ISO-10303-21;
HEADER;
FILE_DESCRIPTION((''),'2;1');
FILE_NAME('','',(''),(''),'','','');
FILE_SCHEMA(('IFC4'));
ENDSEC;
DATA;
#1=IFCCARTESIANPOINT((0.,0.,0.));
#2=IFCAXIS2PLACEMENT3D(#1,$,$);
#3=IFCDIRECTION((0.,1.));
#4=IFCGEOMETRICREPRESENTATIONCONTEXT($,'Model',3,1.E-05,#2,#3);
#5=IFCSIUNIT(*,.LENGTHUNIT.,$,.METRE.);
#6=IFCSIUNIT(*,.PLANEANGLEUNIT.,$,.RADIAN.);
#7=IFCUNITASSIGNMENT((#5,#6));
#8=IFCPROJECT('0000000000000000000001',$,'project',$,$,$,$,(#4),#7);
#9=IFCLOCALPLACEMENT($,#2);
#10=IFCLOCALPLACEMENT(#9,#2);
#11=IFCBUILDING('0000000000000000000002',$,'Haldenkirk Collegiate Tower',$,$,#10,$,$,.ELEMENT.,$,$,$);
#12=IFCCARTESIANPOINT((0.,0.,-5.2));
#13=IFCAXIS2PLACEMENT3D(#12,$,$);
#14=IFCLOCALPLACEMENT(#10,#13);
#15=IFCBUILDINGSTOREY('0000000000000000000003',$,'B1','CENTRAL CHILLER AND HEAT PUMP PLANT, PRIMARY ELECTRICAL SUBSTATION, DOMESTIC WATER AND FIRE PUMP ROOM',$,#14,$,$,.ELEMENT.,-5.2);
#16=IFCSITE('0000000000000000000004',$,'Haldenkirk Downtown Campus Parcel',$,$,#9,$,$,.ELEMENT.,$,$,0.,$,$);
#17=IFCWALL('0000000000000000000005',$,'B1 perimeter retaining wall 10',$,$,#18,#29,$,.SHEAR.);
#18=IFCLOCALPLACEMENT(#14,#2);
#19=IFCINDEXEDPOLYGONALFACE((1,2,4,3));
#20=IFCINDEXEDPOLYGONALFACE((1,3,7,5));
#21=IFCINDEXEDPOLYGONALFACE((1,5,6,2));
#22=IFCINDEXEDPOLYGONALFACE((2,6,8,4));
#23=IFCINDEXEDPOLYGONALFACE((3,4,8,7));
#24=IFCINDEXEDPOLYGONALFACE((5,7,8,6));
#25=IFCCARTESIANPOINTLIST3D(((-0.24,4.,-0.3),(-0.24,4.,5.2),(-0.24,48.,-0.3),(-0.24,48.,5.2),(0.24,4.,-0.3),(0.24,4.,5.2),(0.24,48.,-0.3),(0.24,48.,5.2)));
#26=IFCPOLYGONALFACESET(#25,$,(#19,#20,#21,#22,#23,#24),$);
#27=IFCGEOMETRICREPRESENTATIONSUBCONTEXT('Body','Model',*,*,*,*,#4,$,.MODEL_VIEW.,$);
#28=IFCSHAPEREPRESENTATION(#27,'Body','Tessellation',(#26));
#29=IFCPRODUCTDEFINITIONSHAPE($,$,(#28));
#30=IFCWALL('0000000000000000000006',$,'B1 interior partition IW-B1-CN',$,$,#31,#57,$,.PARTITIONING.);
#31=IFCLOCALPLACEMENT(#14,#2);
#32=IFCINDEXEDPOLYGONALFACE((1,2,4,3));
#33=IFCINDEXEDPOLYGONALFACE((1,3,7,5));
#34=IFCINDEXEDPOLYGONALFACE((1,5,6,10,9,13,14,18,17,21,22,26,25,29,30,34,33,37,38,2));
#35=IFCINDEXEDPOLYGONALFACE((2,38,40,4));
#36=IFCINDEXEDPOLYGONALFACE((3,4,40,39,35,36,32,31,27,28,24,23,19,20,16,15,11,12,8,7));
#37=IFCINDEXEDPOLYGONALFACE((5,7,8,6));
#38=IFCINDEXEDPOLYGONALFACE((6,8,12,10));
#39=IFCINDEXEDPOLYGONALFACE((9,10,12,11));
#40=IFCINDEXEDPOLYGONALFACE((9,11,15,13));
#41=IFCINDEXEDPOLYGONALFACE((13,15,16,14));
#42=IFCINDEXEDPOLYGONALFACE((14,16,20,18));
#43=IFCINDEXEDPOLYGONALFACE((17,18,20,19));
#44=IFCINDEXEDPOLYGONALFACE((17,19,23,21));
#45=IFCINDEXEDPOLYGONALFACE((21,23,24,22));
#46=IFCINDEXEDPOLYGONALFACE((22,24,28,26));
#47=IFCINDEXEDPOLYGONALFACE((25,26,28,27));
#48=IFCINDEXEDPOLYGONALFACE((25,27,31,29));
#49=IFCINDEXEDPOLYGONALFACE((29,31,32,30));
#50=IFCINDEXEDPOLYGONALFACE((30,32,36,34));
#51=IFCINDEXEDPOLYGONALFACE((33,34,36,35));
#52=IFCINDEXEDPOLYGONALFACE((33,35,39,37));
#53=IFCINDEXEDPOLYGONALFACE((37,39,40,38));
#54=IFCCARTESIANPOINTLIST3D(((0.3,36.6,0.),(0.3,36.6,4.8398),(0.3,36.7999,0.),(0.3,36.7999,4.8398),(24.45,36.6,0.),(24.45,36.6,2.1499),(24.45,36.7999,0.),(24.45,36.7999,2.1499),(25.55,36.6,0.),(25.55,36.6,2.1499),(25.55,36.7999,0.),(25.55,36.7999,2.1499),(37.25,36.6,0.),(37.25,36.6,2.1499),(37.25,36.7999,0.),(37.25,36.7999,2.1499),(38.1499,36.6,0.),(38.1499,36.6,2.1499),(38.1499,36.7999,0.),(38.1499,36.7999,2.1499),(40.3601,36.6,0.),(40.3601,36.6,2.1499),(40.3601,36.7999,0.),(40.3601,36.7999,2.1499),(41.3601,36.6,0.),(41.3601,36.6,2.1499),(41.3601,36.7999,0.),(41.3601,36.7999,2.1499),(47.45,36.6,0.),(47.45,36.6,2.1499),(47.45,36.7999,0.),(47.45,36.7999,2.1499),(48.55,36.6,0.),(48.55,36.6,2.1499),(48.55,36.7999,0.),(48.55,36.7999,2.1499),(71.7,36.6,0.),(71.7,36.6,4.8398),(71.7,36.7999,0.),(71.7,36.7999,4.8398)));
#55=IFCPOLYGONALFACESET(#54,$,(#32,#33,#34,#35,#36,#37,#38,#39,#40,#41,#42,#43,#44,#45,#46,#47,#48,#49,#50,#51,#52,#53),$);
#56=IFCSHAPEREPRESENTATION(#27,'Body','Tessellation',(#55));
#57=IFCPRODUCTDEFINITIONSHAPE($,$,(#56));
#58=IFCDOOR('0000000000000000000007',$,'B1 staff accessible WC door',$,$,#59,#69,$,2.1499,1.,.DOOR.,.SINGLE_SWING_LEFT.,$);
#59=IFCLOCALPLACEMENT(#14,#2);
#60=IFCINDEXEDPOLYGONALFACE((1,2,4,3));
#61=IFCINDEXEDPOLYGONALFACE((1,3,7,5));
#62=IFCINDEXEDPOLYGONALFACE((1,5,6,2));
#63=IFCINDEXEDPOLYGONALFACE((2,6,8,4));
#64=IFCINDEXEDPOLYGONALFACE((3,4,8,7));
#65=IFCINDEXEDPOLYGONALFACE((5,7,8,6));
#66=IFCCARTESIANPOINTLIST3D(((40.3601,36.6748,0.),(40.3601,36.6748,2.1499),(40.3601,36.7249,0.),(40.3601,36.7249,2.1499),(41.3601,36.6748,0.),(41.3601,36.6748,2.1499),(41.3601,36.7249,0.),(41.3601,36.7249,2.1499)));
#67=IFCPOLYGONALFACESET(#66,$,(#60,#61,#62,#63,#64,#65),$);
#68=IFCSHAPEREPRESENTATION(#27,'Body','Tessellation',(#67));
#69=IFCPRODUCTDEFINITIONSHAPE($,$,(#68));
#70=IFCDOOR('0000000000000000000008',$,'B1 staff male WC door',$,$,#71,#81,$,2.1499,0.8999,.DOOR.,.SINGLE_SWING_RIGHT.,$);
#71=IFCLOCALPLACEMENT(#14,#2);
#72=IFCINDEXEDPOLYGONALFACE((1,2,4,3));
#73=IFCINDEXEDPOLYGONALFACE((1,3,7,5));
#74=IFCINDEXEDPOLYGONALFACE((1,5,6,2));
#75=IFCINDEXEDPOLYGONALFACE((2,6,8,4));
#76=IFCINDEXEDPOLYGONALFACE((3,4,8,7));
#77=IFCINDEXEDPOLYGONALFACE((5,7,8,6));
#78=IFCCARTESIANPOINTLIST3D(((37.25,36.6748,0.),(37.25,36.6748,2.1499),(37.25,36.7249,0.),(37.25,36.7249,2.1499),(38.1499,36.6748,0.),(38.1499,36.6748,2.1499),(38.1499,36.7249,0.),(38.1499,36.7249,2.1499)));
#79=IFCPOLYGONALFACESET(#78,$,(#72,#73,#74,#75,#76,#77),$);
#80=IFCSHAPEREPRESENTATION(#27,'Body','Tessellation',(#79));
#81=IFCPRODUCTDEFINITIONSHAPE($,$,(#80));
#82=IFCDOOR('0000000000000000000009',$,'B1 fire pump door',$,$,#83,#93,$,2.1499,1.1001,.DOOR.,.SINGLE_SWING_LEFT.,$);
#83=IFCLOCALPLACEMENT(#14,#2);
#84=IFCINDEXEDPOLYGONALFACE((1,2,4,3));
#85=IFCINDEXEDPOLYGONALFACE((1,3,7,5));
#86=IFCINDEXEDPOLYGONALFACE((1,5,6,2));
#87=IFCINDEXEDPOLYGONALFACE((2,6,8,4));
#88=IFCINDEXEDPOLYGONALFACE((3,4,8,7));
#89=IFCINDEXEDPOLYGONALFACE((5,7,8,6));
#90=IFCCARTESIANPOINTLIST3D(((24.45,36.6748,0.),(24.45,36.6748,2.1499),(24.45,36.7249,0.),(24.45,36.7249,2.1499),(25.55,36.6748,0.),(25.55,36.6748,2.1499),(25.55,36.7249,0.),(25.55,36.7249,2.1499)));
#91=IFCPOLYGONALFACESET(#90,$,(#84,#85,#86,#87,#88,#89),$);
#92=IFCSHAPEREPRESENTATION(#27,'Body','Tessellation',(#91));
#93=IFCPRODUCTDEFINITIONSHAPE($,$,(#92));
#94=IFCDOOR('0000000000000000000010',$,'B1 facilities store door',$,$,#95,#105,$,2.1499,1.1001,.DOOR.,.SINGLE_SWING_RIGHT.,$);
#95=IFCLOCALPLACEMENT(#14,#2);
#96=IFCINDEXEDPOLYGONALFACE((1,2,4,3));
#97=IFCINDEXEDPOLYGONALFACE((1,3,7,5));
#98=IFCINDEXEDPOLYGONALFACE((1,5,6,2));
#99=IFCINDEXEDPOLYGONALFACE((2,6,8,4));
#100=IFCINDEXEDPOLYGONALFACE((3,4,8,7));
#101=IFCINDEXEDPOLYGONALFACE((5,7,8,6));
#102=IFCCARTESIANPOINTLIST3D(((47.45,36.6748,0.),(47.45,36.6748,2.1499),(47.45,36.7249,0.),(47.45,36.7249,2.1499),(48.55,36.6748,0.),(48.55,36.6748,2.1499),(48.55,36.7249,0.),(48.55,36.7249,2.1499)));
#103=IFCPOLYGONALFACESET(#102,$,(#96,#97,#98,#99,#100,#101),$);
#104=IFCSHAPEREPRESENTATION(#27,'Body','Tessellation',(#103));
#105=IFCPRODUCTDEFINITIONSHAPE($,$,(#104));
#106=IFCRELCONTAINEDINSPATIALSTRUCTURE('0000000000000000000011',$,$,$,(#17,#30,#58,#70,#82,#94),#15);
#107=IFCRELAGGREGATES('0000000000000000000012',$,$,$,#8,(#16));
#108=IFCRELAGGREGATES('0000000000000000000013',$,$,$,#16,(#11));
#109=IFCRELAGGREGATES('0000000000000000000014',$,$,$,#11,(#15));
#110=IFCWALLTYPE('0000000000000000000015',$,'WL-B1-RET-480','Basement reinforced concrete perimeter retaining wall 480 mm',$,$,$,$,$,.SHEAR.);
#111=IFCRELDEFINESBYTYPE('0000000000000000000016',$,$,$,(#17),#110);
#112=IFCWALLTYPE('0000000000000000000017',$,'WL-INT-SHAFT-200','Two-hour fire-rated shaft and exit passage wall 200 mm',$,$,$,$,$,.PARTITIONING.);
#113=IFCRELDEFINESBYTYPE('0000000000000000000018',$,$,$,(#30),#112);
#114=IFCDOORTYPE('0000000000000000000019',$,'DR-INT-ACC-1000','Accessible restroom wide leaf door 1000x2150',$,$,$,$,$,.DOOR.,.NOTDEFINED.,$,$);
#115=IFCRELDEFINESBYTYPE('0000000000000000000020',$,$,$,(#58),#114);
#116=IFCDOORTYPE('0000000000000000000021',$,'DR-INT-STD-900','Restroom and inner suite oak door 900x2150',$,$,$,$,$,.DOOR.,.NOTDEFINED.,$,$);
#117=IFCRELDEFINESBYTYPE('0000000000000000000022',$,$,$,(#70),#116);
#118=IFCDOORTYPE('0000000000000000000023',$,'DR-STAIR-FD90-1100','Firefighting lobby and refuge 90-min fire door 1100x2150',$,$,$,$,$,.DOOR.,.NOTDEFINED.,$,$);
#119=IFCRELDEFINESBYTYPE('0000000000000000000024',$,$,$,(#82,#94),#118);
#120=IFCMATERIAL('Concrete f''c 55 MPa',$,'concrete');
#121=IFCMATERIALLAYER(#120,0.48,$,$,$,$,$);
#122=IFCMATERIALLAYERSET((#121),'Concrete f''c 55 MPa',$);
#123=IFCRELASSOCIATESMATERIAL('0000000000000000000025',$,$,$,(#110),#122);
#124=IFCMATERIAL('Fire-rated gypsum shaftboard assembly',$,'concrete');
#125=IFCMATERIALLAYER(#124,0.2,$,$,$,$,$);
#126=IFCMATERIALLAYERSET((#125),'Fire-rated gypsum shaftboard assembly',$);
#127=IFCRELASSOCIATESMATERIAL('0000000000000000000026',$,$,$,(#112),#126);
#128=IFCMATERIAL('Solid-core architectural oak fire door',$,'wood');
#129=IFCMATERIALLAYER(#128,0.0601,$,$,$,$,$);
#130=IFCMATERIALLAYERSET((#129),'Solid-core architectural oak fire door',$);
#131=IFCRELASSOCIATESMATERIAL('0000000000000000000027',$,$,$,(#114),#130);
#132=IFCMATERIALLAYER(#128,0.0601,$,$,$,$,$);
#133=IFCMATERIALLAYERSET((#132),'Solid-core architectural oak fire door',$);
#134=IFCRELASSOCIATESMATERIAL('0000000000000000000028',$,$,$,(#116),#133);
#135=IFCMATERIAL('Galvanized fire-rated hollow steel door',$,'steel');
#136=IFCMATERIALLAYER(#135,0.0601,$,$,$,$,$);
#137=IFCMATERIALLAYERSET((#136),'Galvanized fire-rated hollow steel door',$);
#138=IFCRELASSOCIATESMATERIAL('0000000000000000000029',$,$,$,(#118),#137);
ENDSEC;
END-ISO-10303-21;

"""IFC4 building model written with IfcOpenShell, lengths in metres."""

from ifc_helpers import new_model, si_unit, direction, frame, frame_2d, origin, place, context, subcontext, project, spatial, rectangle, extrude, material, layer, layer_set, type_object, element, fill, save


model = new_model("IFC4")

# Units and contexts
model_context = context("Model", 3, precision=1e-05, world=origin(), true_north=direction((0.0, 1.0)))
body_context = subcontext(model_context, "Body", "Model", "MODEL_VIEW")
ifc_project = project(units=[si_unit("LENGTHUNIT", "METRE"), si_unit("PLANEANGLEUNIT", "RADIAN")], contexts=[model_context])

# Site, building, storey
site_placement = place(None, origin())
site = spatial("IfcSite", under=ifc_project, at=site_placement, Name="Haldenkirk Downtown Campus Parcel", CompositionType="ELEMENT", RefElevation=0.0)
building_placement = place(site_placement, origin())
building = spatial("IfcBuilding", under=site, at=building_placement, Name="Haldenkirk Collegiate Tower", CompositionType="ELEMENT")
storey_placement = place(building_placement, frame((0.0, 0.0, -5.2)))
storey = spatial("IfcBuildingStorey", under=building, at=storey_placement, Name="B1", Description="CENTRAL CHILLER AND HEAT PUMP PLANT, PRIMARY ELECTRICAL SUBSTATION, DOMESTIC WATER AND FIRE PUMP ROOM", CompositionType="ELEMENT", Elevation=-5.2)

# Shared definitions
ifc_material_1 = material(Name="Concrete f'c 55 MPa", Category="concrete")

# Wall
ifc_layer_1 = layer(ifc_material_1, 0.48)
ifc_layer_set_1 = layer_set([ifc_layer_1], Name="Concrete f'c 55 MPa")
wall_type_1 = type_object("IfcWallType", Name="WL-B1-RET-480", Description="Basement reinforced concrete perimeter retaining wall 480 mm", PredefinedType="SHEAR", material=ifc_layer_set_1)
wall_1_placement = place(storey_placement, frame((0.0, 48.0, -0.3), z_axis=(0.0, 0.0, 1.0), x_axis=(0.0, -1.0, 0.0)))
element("IfcWall", 1, at=wall_1_placement, inside=storey, type_object=wall_type_1, Name="B1 perimeter retaining wall 10", PredefinedType="SHEAR", context=body_context, shape_type="SweptSolid", body=[
    extrude(rectangle(XDim=44.0, YDim=0.48, at=frame_2d((22.0, 0.0))), origin(), (0.0, 0.0, 1.0), 5.5),
])

# Wall, openings, doors
ifc_material_2 = material(Name="Fire-rated gypsum shaftboard assembly", Category="concrete")
ifc_layer_2 = layer(ifc_material_2, 0.2)
ifc_layer_set_2 = layer_set([ifc_layer_2], Name="Fire-rated gypsum shaftboard assembly")
wall_type_2 = type_object("IfcWallType", Name="WL-INT-SHAFT-200", Description="Two-hour fire-rated shaft and exit passage wall 200 mm", PredefinedType="PARTITIONING", material=ifc_layer_set_2)
wall_2_placement = place(storey_placement, frame((0.3, 36.7, 0.0), z_axis=(0.0, 0.0, 1.0), x_axis=(1.0, 0.0, 0.0)))
wall_2 = element("IfcWall", 2, at=wall_2_placement, inside=storey, type_object=wall_type_2, Name="B1 interior partition IW-B1-CN", PredefinedType="PARTITIONING", context=body_context, shape_type="SweptSolid", body=[
    extrude(rectangle(XDim=71.3999, YDim=0.2, at=frame_2d((35.7, 0.0))), origin(), (0.0, 0.0, 1.0), 4.8398),
])
opening_1_placement = place(wall_2_placement, frame((24.1499, 0.0, 0.0)))
opening_1 = element("IfcOpeningElement", 3, at=opening_1_placement, cuts=wall_2, PredefinedType="OPENING", context=body_context, shape_type="SweptSolid", body=[
    extrude(rectangle(XDim=1.1001, YDim=2.1499, at=frame_2d((0.55, 1.075))), frame((0.0, 0.1099, 0.0), z_axis=(0.0, -1.0, 0.0), x_axis=(1.0, 0.0, 0.0)), (0.0, 0.0, 1.0), 0.22),
])
opening_2_placement = place(wall_2_placement, frame((36.95, 0.0, 0.0)))
opening_2 = element("IfcOpeningElement", 4, at=opening_2_placement, cuts=wall_2, PredefinedType="OPENING", context=body_context, shape_type="SweptSolid", body=[
    extrude(rectangle(XDim=0.8999, YDim=2.1499, at=frame_2d((0.45, 1.075))), frame((0.0, 0.1099, 0.0), z_axis=(0.0, -1.0, 0.0), x_axis=(1.0, 0.0, 0.0)), (0.0, 0.0, 1.0), 0.22),
])
opening_3_placement = place(wall_2_placement, frame((40.0601, 0.0, 0.0)))
opening_3 = element("IfcOpeningElement", 5, at=opening_3_placement, cuts=wall_2, PredefinedType="OPENING", context=body_context, shape_type="SweptSolid", body=[
    extrude(rectangle(XDim=1.0, YDim=2.1499, at=frame_2d((0.5, 1.075))), frame((0.0, 0.1099, 0.0), z_axis=(0.0, -1.0, 0.0), x_axis=(1.0, 0.0, 0.0)), (0.0, 0.0, 1.0), 0.22),
])
opening_4_placement = place(wall_2_placement, frame((47.1499, 0.0, 0.0)))
opening_4 = element("IfcOpeningElement", 6, at=opening_4_placement, cuts=wall_2, PredefinedType="OPENING", context=body_context, shape_type="SweptSolid", body=[
    extrude(rectangle(XDim=1.1001, YDim=2.1499, at=frame_2d((0.55, 1.075))), frame((0.0, 0.1099, 0.0), z_axis=(0.0, -1.0, 0.0), x_axis=(1.0, 0.0, 0.0)), (0.0, 0.0, 1.0), 0.22),
])
ifc_material_3 = material(Name="Solid-core architectural oak fire door", Category="wood")
ifc_layer_3 = layer(ifc_material_3, 0.0601)
ifc_layer_set_3 = layer_set([ifc_layer_3], Name="Solid-core architectural oak fire door")
door_type_1 = type_object("IfcDoorType", Name="DR-INT-ACC-1000", Description="Accessible restroom wide leaf door 1000x2150", OperationType="NOTDEFINED", PredefinedType="DOOR", material=ifc_layer_set_3)
door_1_placement = place(opening_3_placement, origin())
door_1 = element("IfcDoor", 7, at=door_1_placement, inside=storey, type_object=door_type_1, Name="B1 staff accessible WC door", OperationType="SINGLE_SWING_LEFT", OverallHeight=2.1499, OverallWidth=1.0, PredefinedType="DOOR", context=body_context, shape_type="SweptSolid", body=[
    extrude(rectangle(XDim=1.0, YDim=2.1499, at=frame_2d((0.5, 1.075))), frame((0.0, 0.0249, 0.0), z_axis=(0.0, -1.0, 0.0), x_axis=(1.0, 0.0, 0.0)), (0.0, 0.0, 1.0), 0.05),
])
fill(opening_3, door_1)
ifc_layer_4 = layer(ifc_material_3, 0.0601)
ifc_layer_set_4 = layer_set([ifc_layer_4], Name="Solid-core architectural oak fire door")
door_type_2 = type_object("IfcDoorType", Name="DR-INT-STD-900", Description="Restroom and inner suite oak door 900x2150", OperationType="NOTDEFINED", PredefinedType="DOOR", material=ifc_layer_set_4)
door_2_placement = place(opening_2_placement, origin())
door_2 = element("IfcDoor", 8, at=door_2_placement, inside=storey, type_object=door_type_2, Name="B1 staff male WC door", OperationType="SINGLE_SWING_RIGHT", OverallHeight=2.1499, OverallWidth=0.8999, PredefinedType="DOOR", context=body_context, shape_type="SweptSolid", body=[
    extrude(rectangle(XDim=0.8999, YDim=2.1499, at=frame_2d((0.45, 1.075))), frame((0.0, 0.0249, 0.0), z_axis=(0.0, -1.0, 0.0), x_axis=(1.0, 0.0, 0.0)), (0.0, 0.0, 1.0), 0.05),
])
fill(opening_2, door_2)
ifc_material_4 = material(Name="Galvanized fire-rated hollow steel door", Category="steel")
ifc_layer_5 = layer(ifc_material_4, 0.0601)
ifc_layer_set_5 = layer_set([ifc_layer_5], Name="Galvanized fire-rated hollow steel door")
door_type_3 = type_object("IfcDoorType", Name="DR-STAIR-FD90-1100", Description="Firefighting lobby and refuge 90-min fire door 1100x2150", OperationType="NOTDEFINED", PredefinedType="DOOR", material=ifc_layer_set_5)
door_3_placement = place(opening_1_placement, origin())
door_3 = element("IfcDoor", 9, at=door_3_placement, inside=storey, type_object=door_type_3, Name="B1 fire pump door", OperationType="SINGLE_SWING_LEFT", OverallHeight=2.1499, OverallWidth=1.1001, PredefinedType="DOOR", context=body_context, shape_type="SweptSolid", body=[
    extrude(rectangle(XDim=1.1001, YDim=2.1499, at=frame_2d((0.55, 1.075))), frame((0.0, 0.0249, 0.0), z_axis=(0.0, -1.0, 0.0), x_axis=(1.0, 0.0, 0.0)), (0.0, 0.0, 1.0), 0.05),
])
fill(opening_1, door_3)
door_4_placement = place(opening_4_placement, origin())
door_4 = element("IfcDoor", 10, at=door_4_placement, inside=storey, type_object=door_type_3, Name="B1 facilities store door", OperationType="SINGLE_SWING_RIGHT", OverallHeight=2.1499, OverallWidth=1.1001, PredefinedType="DOOR", context=body_context, shape_type="SweptSolid", body=[
    extrude(rectangle(XDim=1.1001, YDim=2.1499, at=frame_2d((0.55, 1.075))), frame((0.0, 0.0249, 0.0), z_axis=(0.0, -1.0, 0.0), x_axis=(1.0, 0.0, 0.0)), (0.0, 0.0, 1.0), 0.05),
])
fill(opening_4, door_4)

save(model, "model.ifc")
